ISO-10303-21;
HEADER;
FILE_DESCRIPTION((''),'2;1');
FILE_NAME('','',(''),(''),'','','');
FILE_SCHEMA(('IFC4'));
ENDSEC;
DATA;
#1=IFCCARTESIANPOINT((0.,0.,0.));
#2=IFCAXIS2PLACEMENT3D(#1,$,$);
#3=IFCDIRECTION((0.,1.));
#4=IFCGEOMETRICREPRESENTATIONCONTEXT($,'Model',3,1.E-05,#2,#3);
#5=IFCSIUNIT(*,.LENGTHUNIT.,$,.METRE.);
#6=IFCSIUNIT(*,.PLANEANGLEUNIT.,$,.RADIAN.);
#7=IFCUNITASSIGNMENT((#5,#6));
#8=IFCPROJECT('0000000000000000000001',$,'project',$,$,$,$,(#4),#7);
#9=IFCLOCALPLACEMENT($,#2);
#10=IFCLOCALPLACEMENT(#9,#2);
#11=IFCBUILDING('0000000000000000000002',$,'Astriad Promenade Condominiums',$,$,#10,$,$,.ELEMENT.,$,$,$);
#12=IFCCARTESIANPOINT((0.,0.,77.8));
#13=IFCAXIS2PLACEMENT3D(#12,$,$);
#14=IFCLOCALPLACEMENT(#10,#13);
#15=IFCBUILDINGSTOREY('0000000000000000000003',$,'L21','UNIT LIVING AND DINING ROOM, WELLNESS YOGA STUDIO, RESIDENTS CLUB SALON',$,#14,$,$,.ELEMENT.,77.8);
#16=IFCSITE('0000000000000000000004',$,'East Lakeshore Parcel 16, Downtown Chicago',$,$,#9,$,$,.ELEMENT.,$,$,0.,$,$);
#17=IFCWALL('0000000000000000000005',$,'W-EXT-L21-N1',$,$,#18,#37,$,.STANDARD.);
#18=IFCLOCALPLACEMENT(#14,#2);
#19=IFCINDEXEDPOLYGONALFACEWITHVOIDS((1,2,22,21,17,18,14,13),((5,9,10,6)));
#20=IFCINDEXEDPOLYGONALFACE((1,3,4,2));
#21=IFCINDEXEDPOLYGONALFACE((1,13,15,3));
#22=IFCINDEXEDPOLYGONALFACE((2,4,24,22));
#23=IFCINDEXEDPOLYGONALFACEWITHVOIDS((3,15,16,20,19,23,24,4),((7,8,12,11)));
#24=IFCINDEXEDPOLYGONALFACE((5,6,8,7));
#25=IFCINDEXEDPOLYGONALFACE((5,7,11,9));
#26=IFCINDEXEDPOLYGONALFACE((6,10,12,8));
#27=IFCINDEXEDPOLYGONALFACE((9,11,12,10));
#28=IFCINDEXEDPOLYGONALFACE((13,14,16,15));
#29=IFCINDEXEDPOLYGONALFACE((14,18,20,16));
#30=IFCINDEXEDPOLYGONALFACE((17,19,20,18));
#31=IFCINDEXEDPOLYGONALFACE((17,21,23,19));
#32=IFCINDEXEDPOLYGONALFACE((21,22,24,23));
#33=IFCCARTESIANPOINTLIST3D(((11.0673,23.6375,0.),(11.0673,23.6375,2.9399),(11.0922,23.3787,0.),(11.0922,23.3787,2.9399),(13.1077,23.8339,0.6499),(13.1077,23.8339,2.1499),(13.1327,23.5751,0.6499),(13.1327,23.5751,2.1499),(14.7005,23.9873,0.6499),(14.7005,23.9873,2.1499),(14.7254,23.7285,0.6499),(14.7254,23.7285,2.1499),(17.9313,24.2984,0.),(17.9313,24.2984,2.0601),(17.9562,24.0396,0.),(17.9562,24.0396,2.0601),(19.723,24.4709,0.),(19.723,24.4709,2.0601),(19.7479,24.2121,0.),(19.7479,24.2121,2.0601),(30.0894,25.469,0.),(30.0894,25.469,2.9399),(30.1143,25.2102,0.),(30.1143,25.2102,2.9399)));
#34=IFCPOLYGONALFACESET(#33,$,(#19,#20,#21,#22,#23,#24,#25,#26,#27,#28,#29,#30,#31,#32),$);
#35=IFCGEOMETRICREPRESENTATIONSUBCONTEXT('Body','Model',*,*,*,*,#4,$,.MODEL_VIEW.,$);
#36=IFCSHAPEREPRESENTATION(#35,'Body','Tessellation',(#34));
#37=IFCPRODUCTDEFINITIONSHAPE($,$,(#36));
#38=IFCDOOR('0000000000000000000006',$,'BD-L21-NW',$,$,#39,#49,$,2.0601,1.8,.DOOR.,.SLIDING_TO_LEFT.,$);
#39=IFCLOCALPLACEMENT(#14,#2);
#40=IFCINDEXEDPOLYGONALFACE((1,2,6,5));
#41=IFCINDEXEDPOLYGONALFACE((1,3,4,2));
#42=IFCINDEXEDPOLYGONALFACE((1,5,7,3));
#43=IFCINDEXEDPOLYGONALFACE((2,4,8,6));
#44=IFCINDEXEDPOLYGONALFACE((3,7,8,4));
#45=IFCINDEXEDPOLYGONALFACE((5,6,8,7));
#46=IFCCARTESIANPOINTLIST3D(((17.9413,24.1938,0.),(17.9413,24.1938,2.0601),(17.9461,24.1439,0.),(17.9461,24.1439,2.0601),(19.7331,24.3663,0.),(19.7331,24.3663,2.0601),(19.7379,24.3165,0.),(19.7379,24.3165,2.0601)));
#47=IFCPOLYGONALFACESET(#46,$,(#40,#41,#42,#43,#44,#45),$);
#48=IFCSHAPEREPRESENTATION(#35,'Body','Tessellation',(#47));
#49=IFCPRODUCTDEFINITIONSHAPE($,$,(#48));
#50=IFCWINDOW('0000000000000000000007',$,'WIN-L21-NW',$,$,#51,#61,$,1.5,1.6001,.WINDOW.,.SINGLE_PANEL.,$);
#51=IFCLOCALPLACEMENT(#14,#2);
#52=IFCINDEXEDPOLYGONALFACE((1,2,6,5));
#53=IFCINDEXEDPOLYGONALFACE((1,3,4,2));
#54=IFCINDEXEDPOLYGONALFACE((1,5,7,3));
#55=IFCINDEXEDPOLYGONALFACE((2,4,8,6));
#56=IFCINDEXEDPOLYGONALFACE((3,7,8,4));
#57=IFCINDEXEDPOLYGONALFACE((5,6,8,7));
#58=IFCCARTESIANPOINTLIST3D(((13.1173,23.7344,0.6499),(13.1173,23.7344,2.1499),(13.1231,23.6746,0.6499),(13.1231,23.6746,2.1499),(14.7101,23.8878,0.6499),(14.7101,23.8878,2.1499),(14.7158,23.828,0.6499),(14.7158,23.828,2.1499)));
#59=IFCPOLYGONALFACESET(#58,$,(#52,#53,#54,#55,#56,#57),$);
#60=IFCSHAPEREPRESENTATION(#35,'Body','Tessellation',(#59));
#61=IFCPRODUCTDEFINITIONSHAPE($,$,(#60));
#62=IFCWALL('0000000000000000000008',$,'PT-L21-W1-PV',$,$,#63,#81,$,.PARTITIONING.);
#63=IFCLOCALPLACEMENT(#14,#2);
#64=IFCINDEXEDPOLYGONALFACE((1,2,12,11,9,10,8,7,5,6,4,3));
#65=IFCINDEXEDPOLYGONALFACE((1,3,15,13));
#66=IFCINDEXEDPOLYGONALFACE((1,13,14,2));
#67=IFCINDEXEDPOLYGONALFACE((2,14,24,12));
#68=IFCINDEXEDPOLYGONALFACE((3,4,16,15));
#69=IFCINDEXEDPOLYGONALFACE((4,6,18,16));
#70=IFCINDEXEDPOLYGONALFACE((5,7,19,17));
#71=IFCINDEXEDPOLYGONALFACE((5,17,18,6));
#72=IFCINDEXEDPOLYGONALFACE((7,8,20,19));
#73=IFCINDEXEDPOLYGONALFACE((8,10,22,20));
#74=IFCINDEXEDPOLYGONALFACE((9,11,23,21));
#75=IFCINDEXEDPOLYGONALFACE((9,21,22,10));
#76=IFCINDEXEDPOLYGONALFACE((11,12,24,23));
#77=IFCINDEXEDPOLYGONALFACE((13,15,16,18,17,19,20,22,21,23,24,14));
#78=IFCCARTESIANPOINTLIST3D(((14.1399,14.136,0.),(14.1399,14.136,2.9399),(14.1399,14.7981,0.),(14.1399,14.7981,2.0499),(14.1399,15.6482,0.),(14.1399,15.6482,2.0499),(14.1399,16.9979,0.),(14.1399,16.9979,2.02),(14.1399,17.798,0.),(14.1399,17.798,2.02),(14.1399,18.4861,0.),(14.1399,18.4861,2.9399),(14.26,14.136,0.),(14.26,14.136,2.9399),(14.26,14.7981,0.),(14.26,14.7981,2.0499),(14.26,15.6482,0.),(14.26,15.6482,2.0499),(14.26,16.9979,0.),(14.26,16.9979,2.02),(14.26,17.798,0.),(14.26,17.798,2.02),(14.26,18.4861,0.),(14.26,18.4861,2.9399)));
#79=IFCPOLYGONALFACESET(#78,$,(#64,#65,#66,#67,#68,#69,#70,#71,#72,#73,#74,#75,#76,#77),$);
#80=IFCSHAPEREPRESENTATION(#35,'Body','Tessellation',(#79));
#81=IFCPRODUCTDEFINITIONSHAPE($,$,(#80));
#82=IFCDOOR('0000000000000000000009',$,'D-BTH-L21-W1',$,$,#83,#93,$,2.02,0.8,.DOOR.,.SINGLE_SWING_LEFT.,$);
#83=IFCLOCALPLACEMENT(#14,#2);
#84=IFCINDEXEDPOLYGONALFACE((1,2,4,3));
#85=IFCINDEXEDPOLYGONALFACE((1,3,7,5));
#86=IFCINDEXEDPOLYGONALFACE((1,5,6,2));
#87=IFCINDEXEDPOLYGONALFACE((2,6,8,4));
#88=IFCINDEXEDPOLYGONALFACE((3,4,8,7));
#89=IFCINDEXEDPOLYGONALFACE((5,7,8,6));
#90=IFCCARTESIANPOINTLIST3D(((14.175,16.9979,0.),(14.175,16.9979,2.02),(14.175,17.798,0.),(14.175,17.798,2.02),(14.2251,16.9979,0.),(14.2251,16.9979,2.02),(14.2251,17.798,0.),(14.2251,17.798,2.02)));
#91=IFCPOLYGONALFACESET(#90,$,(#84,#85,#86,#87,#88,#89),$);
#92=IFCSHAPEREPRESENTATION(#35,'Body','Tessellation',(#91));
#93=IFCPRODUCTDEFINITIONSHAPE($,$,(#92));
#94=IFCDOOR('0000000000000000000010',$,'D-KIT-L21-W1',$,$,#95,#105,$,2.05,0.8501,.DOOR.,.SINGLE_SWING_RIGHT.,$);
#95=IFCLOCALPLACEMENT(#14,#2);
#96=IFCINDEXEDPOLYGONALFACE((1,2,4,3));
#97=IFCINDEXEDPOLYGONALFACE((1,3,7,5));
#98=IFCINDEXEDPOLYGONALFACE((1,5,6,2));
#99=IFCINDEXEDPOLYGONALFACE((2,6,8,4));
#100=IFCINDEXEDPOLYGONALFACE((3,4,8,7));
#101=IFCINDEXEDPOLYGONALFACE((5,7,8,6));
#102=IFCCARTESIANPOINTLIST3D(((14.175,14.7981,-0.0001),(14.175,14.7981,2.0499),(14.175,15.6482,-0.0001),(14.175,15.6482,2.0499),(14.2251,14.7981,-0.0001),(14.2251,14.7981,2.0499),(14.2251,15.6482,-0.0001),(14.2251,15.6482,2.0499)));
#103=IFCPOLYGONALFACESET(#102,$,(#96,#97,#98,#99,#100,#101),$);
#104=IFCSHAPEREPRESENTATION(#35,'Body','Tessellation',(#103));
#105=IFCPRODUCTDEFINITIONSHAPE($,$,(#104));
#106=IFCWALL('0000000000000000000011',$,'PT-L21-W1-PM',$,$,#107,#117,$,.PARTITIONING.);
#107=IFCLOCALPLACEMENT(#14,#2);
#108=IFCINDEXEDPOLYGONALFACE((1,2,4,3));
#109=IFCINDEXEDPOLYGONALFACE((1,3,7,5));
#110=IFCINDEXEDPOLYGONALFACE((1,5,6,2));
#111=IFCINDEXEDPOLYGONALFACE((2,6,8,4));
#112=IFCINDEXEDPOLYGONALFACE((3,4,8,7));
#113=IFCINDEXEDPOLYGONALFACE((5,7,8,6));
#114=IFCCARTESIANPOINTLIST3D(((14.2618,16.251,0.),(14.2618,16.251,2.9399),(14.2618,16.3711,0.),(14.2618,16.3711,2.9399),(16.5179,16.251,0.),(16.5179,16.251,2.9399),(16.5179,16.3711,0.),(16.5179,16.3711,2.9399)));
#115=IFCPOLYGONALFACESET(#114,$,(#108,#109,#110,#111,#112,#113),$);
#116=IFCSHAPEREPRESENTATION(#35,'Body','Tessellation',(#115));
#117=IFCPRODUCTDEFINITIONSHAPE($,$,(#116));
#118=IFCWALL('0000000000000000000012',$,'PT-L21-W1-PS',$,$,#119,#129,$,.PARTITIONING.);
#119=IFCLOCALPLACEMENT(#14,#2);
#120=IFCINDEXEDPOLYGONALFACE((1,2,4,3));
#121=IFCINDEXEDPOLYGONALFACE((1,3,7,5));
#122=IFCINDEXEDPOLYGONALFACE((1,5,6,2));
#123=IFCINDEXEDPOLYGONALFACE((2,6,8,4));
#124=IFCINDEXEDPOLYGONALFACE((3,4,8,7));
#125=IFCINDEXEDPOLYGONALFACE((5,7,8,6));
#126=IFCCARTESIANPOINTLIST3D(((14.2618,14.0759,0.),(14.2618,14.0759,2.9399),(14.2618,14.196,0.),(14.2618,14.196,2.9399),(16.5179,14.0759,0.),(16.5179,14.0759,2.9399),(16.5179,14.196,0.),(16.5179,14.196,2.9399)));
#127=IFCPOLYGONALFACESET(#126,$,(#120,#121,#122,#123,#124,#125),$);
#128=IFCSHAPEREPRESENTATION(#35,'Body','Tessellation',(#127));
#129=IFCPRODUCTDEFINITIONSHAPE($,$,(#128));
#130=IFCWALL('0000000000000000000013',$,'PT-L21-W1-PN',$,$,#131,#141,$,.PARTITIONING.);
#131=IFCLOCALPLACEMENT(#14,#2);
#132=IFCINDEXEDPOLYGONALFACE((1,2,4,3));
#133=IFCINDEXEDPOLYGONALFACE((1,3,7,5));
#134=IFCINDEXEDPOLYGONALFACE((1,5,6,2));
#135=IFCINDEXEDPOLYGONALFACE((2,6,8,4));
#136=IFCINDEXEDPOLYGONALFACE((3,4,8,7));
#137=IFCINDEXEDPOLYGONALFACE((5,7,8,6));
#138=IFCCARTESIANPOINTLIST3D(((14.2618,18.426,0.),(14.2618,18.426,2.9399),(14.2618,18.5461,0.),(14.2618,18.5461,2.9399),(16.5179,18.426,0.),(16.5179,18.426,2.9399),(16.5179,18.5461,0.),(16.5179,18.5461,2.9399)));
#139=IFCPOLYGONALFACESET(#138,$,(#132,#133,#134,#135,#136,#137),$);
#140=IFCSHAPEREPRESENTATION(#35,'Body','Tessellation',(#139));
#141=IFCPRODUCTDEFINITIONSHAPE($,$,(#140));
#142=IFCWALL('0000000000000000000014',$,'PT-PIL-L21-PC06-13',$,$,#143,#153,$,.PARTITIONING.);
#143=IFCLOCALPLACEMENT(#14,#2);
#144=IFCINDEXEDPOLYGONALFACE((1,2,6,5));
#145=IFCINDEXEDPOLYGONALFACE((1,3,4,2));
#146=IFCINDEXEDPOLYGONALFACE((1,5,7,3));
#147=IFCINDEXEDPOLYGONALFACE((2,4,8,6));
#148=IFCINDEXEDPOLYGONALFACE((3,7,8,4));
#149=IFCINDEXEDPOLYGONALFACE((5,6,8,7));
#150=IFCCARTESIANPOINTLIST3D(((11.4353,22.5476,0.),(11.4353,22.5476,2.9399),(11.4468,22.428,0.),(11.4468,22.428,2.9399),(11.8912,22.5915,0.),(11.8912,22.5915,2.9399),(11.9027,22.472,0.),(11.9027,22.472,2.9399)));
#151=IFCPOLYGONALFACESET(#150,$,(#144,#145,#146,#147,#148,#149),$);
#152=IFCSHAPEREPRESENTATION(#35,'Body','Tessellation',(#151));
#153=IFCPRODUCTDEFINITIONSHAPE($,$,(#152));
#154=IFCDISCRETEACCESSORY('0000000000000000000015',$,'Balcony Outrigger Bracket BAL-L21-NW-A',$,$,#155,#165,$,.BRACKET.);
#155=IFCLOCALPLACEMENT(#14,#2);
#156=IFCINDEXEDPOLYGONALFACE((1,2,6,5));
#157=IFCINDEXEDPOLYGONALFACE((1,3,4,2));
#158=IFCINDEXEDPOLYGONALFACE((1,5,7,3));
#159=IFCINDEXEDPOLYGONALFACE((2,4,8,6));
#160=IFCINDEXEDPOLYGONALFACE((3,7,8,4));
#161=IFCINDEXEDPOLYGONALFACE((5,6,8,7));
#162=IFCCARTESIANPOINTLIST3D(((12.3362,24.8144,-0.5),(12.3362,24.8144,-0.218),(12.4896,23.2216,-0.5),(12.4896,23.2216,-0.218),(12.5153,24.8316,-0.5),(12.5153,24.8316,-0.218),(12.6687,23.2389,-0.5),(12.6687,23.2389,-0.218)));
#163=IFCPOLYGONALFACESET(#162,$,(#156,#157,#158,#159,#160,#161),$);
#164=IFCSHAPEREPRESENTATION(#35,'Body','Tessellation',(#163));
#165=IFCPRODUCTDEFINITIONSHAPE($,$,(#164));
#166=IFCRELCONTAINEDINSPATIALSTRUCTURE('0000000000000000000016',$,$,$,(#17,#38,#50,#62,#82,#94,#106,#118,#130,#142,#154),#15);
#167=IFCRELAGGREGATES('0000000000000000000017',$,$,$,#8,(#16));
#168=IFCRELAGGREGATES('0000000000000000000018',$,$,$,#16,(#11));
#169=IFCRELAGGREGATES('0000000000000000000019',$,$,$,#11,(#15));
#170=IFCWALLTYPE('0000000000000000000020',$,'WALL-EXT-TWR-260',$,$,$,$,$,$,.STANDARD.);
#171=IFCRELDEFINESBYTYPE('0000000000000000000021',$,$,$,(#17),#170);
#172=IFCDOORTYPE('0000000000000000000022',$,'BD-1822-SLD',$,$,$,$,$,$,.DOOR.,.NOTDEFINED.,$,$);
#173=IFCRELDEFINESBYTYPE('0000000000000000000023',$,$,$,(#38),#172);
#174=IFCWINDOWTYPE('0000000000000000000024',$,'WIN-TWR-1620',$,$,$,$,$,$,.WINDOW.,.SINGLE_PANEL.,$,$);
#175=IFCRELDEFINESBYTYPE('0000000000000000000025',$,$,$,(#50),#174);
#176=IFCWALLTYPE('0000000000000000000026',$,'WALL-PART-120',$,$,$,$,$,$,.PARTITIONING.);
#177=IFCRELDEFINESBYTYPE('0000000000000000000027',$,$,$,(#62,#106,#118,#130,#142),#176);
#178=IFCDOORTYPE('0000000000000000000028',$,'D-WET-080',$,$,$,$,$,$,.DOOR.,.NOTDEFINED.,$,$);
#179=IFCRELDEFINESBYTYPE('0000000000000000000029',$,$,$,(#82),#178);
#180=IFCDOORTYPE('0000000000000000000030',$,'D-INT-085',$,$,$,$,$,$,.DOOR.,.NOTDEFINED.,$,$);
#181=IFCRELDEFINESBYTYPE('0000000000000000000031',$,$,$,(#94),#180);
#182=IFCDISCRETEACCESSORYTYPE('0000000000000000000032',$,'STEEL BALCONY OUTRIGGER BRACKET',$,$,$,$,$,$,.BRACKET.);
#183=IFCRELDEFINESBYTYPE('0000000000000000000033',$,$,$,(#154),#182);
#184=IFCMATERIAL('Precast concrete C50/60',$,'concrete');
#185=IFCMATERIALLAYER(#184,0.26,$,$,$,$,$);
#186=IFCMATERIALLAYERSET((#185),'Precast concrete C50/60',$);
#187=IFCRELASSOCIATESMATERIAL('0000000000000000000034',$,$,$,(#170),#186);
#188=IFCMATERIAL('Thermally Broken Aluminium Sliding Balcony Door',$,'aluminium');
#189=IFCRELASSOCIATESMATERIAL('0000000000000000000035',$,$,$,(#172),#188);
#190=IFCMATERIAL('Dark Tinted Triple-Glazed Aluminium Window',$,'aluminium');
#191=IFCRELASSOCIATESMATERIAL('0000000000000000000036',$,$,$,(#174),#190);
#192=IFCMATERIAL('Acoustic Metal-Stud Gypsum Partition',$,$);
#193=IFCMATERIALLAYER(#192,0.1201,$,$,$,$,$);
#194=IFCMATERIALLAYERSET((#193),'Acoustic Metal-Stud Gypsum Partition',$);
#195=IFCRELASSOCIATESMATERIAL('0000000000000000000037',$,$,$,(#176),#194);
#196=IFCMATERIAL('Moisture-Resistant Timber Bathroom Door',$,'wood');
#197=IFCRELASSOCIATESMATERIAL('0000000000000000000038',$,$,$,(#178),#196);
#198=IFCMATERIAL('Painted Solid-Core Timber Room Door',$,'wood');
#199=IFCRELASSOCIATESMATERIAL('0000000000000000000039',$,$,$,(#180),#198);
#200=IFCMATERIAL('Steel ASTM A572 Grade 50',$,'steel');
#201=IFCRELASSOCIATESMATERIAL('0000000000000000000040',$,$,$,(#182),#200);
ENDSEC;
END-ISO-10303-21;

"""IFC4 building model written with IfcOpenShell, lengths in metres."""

from ifc_helpers import new_model, si_unit, direction, frame, frame_2d, origin, origin_2d, place, context, subcontext, project, spatial, rectangle, extrude, source, transform, mapped, material, layer, layer_set, type_object, type_shapes, element, fill, save


model = new_model("IFC4")

# Units and contexts
model_context = context("Model", 3, precision=1e-05, world=origin(), true_north=direction((0.0, 1.0)))
body_context = subcontext(model_context, "Body", "Model", "MODEL_VIEW")
ifc_project = project(units=[si_unit("LENGTHUNIT", "METRE"), si_unit("PLANEANGLEUNIT", "RADIAN")], contexts=[model_context])

# Site, building, storey
site_placement = place(None, origin())
site = spatial("IfcSite", under=ifc_project, at=site_placement, Name="East Lakeshore Parcel 16, Downtown Chicago", CompositionType="ELEMENT", RefElevation=0.0)
building_placement = place(site_placement, origin())
building = spatial("IfcBuilding", under=site, at=building_placement, Name="Astriad Promenade Condominiums", CompositionType="ELEMENT")
storey_placement = place(building_placement, frame((0.0, 0.0, 77.8)))
storey = spatial("IfcBuildingStorey", under=building, at=storey_placement, Name="L21", Description="UNIT LIVING AND DINING ROOM, WELLNESS YOGA STUDIO, RESIDENTS CLUB SALON", CompositionType="ELEMENT", Elevation=77.8)

# Shared definitions
ifc_material_1 = material(Name="Precast concrete C50/60", Category="concrete")
ifc_layer_1 = layer(ifc_material_1, 0.26)
ifc_layer_set_1 = layer_set([ifc_layer_1], Name="Precast concrete C50/60")
wall_type_1 = type_object("IfcWallType", Name="WALL-EXT-TWR-260", PredefinedType="STANDARD", material=ifc_layer_set_1)

# Wall, openings, door, window
wall_1_placement = place(storey_placement, frame((11.0796, 23.5081, 0.0), z_axis=(0.0, 0.0, 1.0), x_axis=(0.995397, 0.095841, 0.0)))
wall_1 = element("IfcWall", 1, at=wall_1_placement, inside=storey, type_object=wall_type_1, Name="W-EXT-L21-N1", PredefinedType="STANDARD", context=body_context, shape_type="SweptSolid", body=[
    extrude(rectangle(XDim=19.1101, YDim=0.26, at=frame_2d((9.5552, 0.0))), origin(), (0.0, 0.0, 1.0), 2.9399),
])
opening_1_placement = place(wall_1_placement, frame((6.896, 0.0, 0.0)))
opening_1 = element("IfcOpeningElement", 2, at=opening_1_placement, cuts=wall_1, PredefinedType="OPENING", context=body_context, shape_type="SweptSolid", body=[
    extrude(rectangle(XDim=1.8, YDim=2.0601, at=frame_2d((0.8999, 1.03))), frame((0.0, 0.1399, 0.0), z_axis=(0.0, -1.0, 0.0), x_axis=(1.0, 0.0, 0.0)), (0.0, 0.0, 1.0), 0.28),
])
opening_2_placement = place(wall_1_placement, frame((2.05, 0.0, 0.6499)))
opening_2 = element("IfcOpeningElement", 3, at=opening_2_placement, cuts=wall_1, PredefinedType="OPENING", context=body_context, shape_type="SweptSolid", body=[
    extrude(rectangle(XDim=1.6001, YDim=1.5, at=frame_2d((0.8, 0.75))), frame((0.0, 0.1399, 0.0), z_axis=(0.0, -1.0, 0.0), x_axis=(1.0, 0.0, 0.0)), (0.0, 0.0, 1.0), 0.28),
])
ifc_material_2 = material(Name="Thermally Broken Aluminium Sliding Balcony Door", Category="aluminium")
door_type_1 = type_object("IfcDoorType", Name="BD-1822-SLD", OperationType="NOTDEFINED", PredefinedType="DOOR", material=ifc_material_2)
shared_shape_1 = source(origin(), body_context, "Body", "SweptSolid", [
    extrude(rectangle(XDim=1.8, YDim=2.0601, at=frame_2d((0.8999, 1.03))), frame((0.0, 0.0249, 0.0), z_axis=(0.0, -1.0, 0.0), x_axis=(1.0, 0.0, 0.0)), (0.0, 0.0, 1.0), 0.05),
])
type_shapes(door_type_1, [shared_shape_1])
door_1_placement = place(opening_1_placement, origin())
door_1 = element("IfcDoor", 4, at=door_1_placement, inside=storey, type_object=door_type_1, Name="BD-L21-NW", OperationType="SLIDING_TO_LEFT", OverallHeight=2.0601, OverallWidth=1.8, PredefinedType="DOOR", context=body_context, shape_type="MappedRepresentation", body=[
    mapped(shared_shape_1, transform((0.0, 0.0, 0.0), scale=1.0)),
])
fill(opening_1, door_1)
ifc_material_3 = material(Name="Dark Tinted Triple-Glazed Aluminium Window", Category="aluminium")
window_type = type_object("IfcWindowType", Name="WIN-TWR-1620", PartitioningType="SINGLE_PANEL", PredefinedType="WINDOW", material=ifc_material_3)
shared_shape_2 = source(origin(), body_context, "Body", "SweptSolid", [
    extrude(rectangle(XDim=1.6001, YDim=1.5, at=frame_2d((0.8, 0.75))), frame((0.0, 0.03, 0.0), z_axis=(0.0, -1.0, 0.0), x_axis=(1.0, 0.0, 0.0)), (0.0, 0.0, 1.0), 0.0601),
])
type_shapes(window_type, [shared_shape_2])
window_placement = place(opening_2_placement, origin())
window = element("IfcWindow", 5, at=window_placement, inside=storey, type_object=window_type, Name="WIN-L21-NW", OverallHeight=1.5, OverallWidth=1.6001, PartitioningType="SINGLE_PANEL", PredefinedType="WINDOW", context=body_context, shape_type="MappedRepresentation", body=[
    mapped(shared_shape_2, transform((0.0, 0.0, 0.0), scale=1.0)),
])
fill(opening_2, window)

# Wall, openings, doors
ifc_material_4 = material(Name="Acoustic Metal-Stud Gypsum Partition")
ifc_layer_2 = layer(ifc_material_4, 0.1201)
ifc_layer_set_2 = layer_set([ifc_layer_2], Name="Acoustic Metal-Stud Gypsum Partition")
wall_type_2 = type_object("IfcWallType", Name="WALL-PART-120", PredefinedType="PARTITIONING", material=ifc_layer_set_2)
wall_2_placement = place(storey_placement, frame((14.2, 14.136, 0.0), z_axis=(0.0, 0.0, 1.0), x_axis=(0.0, 1.0, 0.0)))
wall_2 = element("IfcWall", 6, at=wall_2_placement, inside=storey, type_object=wall_type_2, Name="PT-L21-W1-PV", PredefinedType="PARTITIONING", context=body_context, shape_type="SweptSolid", body=[
    extrude(rectangle(XDim=4.3501, YDim=0.1201, at=frame_2d((2.175, 0.0))), origin(), (0.0, 0.0, 1.0), 2.9399),
])
opening_3_placement = place(wall_2_placement, frame((0.6621, 0.0, 0.0)))
opening_3 = element("IfcOpeningElement", 7, at=opening_3_placement, cuts=wall_2, PredefinedType="OPENING", context=body_context, shape_type="SweptSolid", body=[
    extrude(rectangle(XDim=0.8501, YDim=2.05, at=frame_2d((0.425, 1.0249))), frame((0.0, 0.0701, 0.0), z_axis=(0.0, -1.0, 0.0), x_axis=(1.0, 0.0, 0.0)), (0.0, 0.0, 1.0), 0.1401),
])
opening_4_placement = place(wall_2_placement, frame((2.8621, 0.0, 0.0)))
opening_4 = element("IfcOpeningElement", 8, at=opening_4_placement, cuts=wall_2, PredefinedType="OPENING", context=body_context, shape_type="SweptSolid", body=[
    extrude(rectangle(XDim=0.8, YDim=2.02, at=frame_2d((0.3999, 1.01))), frame((0.0, 0.0701, 0.0), z_axis=(0.0, -1.0, 0.0), x_axis=(1.0, 0.0, 0.0)), (0.0, 0.0, 1.0), 0.1401),
])
ifc_material_5 = material(Name="Moisture-Resistant Timber Bathroom Door", Category="wood")
door_type_2 = type_object("IfcDoorType", Name="D-WET-080", OperationType="NOTDEFINED", PredefinedType="DOOR", material=ifc_material_5)
shared_shape_3 = source(origin(), body_context, "Body", "SweptSolid", [
    extrude(rectangle(XDim=0.8, YDim=2.02, at=frame_2d((0.3999, 1.01))), frame((0.0, 0.0249, 0.0), z_axis=(0.0, -1.0, 0.0), x_axis=(1.0, 0.0, 0.0)), (0.0, 0.0, 1.0), 0.05),
])
type_shapes(door_type_2, [shared_shape_3])
door_2_placement = place(opening_4_placement, origin())
door_2 = element("IfcDoor", 9, at=door_2_placement, inside=storey, type_object=door_type_2, Name="D-BTH-L21-W1", OperationType="SINGLE_SWING_LEFT", OverallHeight=2.02, OverallWidth=0.8, PredefinedType="DOOR", context=body_context, shape_type="MappedRepresentation", body=[
    mapped(shared_shape_3, transform((0.0, 0.0, 0.0), scale=1.0)),
])
fill(opening_4, door_2)
ifc_material_6 = material(Name="Painted Solid-Core Timber Room Door", Category="wood")
door_type_3 = type_object("IfcDoorType", Name="D-INT-085", OperationType="NOTDEFINED", PredefinedType="DOOR", material=ifc_material_6)
shared_shape_4 = source(origin(), body_context, "Body", "SweptSolid", [
    extrude(rectangle(XDim=0.8501, YDim=2.05, at=frame_2d((0.425, 1.0249))), frame((0.0, 0.0249, 0.0), z_axis=(0.0, -1.0, 0.0), x_axis=(1.0, 0.0, 0.0)), (0.0, 0.0, 1.0), 0.05),
])
type_shapes(door_type_3, [shared_shape_4])
door_3_placement = place(opening_3_placement, origin())
door_3 = element("IfcDoor", 10, at=door_3_placement, inside=storey, type_object=door_type_3, Name="D-KIT-L21-W1", OperationType="SINGLE_SWING_RIGHT", OverallHeight=2.05, OverallWidth=0.8501, PredefinedType="DOOR", context=body_context, shape_type="MappedRepresentation", body=[
    mapped(shared_shape_4, transform((0.0, 0.0, 0.0), scale=1.0)),
])
fill(opening_3, door_3)

# Walls
for number, where, z_axis, x_axis, name in (
    (11, (14.262, 16.311, 0.0), (0.0, 0.0, 1.0), (1.0, 0.0, 0.0), "PT-L21-W1-PM"),
    (12, (14.262, 14.136, 0.0), (0.0, 0.0, 1.0), (1.0, 0.0, 0.0), "PT-L21-W1-PS"),
    (13, (14.262, 18.4861, 0.0), (0.0, 0.0, 1.0), (1.0, 0.0, 0.0), "PT-L21-W1-PN"),
):
    element("IfcWall", number, at=place(storey_placement, frame(where, z_axis=z_axis, x_axis=x_axis)), inside=storey, type_object=wall_type_2, Name=name, PredefinedType="PARTITIONING", context=body_context, shape_type="SweptSolid", body=[
        extrude(rectangle(XDim=2.2561, YDim=0.1201, at=frame_2d((1.1279, 0.0))), origin(), (0.0, 0.0, 1.0), 2.9399),
    ])
wall_3_placement = place(storey_placement, frame((11.897, 22.5317, 0.0), z_axis=(0.0, 0.0, 1.0), x_axis=(-0.995385, -0.095966, 0.0)))
element("IfcWall", 14, at=wall_3_placement, inside=storey, type_object=wall_type_2, Name="PT-PIL-L21-PC06-13", PredefinedType="PARTITIONING", context=body_context, shape_type="SweptSolid", body=[
    extrude(rectangle(XDim=0.458, YDim=0.1201, at=frame_2d((0.229, 0.0))), origin(), (0.0, 0.0, 1.0), 2.9399),
])

# Discrete accessory
ifc_material_7 = material(Name="Steel ASTM A572 Grade 50", Category="steel")
discrete_accessory_type = type_object("IfcDiscreteAccessoryType", Name="STEEL BALCONY OUTRIGGER BRACKET", PredefinedType="BRACKET", material=ifc_material_7)
shared_shape_5 = source(origin(), body_context, "Body", "SweptSolid", [
    extrude(rectangle(XDim=1.6001, YDim=0.1799, at=origin_2d()), origin(), (0.0, 0.0, 1.0), 0.282),
])
type_shapes(discrete_accessory_type, [shared_shape_5])
discrete_accessory_placement = place(storey_placement, frame((12.5024, 24.0266, -0.5), z_axis=(0.0, 0.0, 1.0), x_axis=(-0.095846, 0.995396, 0.0)))
element("IfcDiscreteAccessory", 15, at=discrete_accessory_placement, inside=storey, type_object=discrete_accessory_type, Name="Balcony Outrigger Bracket BAL-L21-NW-A", PredefinedType="BRACKET", context=body_context, shape_type="MappedRepresentation", body=[
    mapped(shared_shape_5, transform((0.0, 0.0, 0.0), scale=1.0)),
])

save(model, "model.ifc")
